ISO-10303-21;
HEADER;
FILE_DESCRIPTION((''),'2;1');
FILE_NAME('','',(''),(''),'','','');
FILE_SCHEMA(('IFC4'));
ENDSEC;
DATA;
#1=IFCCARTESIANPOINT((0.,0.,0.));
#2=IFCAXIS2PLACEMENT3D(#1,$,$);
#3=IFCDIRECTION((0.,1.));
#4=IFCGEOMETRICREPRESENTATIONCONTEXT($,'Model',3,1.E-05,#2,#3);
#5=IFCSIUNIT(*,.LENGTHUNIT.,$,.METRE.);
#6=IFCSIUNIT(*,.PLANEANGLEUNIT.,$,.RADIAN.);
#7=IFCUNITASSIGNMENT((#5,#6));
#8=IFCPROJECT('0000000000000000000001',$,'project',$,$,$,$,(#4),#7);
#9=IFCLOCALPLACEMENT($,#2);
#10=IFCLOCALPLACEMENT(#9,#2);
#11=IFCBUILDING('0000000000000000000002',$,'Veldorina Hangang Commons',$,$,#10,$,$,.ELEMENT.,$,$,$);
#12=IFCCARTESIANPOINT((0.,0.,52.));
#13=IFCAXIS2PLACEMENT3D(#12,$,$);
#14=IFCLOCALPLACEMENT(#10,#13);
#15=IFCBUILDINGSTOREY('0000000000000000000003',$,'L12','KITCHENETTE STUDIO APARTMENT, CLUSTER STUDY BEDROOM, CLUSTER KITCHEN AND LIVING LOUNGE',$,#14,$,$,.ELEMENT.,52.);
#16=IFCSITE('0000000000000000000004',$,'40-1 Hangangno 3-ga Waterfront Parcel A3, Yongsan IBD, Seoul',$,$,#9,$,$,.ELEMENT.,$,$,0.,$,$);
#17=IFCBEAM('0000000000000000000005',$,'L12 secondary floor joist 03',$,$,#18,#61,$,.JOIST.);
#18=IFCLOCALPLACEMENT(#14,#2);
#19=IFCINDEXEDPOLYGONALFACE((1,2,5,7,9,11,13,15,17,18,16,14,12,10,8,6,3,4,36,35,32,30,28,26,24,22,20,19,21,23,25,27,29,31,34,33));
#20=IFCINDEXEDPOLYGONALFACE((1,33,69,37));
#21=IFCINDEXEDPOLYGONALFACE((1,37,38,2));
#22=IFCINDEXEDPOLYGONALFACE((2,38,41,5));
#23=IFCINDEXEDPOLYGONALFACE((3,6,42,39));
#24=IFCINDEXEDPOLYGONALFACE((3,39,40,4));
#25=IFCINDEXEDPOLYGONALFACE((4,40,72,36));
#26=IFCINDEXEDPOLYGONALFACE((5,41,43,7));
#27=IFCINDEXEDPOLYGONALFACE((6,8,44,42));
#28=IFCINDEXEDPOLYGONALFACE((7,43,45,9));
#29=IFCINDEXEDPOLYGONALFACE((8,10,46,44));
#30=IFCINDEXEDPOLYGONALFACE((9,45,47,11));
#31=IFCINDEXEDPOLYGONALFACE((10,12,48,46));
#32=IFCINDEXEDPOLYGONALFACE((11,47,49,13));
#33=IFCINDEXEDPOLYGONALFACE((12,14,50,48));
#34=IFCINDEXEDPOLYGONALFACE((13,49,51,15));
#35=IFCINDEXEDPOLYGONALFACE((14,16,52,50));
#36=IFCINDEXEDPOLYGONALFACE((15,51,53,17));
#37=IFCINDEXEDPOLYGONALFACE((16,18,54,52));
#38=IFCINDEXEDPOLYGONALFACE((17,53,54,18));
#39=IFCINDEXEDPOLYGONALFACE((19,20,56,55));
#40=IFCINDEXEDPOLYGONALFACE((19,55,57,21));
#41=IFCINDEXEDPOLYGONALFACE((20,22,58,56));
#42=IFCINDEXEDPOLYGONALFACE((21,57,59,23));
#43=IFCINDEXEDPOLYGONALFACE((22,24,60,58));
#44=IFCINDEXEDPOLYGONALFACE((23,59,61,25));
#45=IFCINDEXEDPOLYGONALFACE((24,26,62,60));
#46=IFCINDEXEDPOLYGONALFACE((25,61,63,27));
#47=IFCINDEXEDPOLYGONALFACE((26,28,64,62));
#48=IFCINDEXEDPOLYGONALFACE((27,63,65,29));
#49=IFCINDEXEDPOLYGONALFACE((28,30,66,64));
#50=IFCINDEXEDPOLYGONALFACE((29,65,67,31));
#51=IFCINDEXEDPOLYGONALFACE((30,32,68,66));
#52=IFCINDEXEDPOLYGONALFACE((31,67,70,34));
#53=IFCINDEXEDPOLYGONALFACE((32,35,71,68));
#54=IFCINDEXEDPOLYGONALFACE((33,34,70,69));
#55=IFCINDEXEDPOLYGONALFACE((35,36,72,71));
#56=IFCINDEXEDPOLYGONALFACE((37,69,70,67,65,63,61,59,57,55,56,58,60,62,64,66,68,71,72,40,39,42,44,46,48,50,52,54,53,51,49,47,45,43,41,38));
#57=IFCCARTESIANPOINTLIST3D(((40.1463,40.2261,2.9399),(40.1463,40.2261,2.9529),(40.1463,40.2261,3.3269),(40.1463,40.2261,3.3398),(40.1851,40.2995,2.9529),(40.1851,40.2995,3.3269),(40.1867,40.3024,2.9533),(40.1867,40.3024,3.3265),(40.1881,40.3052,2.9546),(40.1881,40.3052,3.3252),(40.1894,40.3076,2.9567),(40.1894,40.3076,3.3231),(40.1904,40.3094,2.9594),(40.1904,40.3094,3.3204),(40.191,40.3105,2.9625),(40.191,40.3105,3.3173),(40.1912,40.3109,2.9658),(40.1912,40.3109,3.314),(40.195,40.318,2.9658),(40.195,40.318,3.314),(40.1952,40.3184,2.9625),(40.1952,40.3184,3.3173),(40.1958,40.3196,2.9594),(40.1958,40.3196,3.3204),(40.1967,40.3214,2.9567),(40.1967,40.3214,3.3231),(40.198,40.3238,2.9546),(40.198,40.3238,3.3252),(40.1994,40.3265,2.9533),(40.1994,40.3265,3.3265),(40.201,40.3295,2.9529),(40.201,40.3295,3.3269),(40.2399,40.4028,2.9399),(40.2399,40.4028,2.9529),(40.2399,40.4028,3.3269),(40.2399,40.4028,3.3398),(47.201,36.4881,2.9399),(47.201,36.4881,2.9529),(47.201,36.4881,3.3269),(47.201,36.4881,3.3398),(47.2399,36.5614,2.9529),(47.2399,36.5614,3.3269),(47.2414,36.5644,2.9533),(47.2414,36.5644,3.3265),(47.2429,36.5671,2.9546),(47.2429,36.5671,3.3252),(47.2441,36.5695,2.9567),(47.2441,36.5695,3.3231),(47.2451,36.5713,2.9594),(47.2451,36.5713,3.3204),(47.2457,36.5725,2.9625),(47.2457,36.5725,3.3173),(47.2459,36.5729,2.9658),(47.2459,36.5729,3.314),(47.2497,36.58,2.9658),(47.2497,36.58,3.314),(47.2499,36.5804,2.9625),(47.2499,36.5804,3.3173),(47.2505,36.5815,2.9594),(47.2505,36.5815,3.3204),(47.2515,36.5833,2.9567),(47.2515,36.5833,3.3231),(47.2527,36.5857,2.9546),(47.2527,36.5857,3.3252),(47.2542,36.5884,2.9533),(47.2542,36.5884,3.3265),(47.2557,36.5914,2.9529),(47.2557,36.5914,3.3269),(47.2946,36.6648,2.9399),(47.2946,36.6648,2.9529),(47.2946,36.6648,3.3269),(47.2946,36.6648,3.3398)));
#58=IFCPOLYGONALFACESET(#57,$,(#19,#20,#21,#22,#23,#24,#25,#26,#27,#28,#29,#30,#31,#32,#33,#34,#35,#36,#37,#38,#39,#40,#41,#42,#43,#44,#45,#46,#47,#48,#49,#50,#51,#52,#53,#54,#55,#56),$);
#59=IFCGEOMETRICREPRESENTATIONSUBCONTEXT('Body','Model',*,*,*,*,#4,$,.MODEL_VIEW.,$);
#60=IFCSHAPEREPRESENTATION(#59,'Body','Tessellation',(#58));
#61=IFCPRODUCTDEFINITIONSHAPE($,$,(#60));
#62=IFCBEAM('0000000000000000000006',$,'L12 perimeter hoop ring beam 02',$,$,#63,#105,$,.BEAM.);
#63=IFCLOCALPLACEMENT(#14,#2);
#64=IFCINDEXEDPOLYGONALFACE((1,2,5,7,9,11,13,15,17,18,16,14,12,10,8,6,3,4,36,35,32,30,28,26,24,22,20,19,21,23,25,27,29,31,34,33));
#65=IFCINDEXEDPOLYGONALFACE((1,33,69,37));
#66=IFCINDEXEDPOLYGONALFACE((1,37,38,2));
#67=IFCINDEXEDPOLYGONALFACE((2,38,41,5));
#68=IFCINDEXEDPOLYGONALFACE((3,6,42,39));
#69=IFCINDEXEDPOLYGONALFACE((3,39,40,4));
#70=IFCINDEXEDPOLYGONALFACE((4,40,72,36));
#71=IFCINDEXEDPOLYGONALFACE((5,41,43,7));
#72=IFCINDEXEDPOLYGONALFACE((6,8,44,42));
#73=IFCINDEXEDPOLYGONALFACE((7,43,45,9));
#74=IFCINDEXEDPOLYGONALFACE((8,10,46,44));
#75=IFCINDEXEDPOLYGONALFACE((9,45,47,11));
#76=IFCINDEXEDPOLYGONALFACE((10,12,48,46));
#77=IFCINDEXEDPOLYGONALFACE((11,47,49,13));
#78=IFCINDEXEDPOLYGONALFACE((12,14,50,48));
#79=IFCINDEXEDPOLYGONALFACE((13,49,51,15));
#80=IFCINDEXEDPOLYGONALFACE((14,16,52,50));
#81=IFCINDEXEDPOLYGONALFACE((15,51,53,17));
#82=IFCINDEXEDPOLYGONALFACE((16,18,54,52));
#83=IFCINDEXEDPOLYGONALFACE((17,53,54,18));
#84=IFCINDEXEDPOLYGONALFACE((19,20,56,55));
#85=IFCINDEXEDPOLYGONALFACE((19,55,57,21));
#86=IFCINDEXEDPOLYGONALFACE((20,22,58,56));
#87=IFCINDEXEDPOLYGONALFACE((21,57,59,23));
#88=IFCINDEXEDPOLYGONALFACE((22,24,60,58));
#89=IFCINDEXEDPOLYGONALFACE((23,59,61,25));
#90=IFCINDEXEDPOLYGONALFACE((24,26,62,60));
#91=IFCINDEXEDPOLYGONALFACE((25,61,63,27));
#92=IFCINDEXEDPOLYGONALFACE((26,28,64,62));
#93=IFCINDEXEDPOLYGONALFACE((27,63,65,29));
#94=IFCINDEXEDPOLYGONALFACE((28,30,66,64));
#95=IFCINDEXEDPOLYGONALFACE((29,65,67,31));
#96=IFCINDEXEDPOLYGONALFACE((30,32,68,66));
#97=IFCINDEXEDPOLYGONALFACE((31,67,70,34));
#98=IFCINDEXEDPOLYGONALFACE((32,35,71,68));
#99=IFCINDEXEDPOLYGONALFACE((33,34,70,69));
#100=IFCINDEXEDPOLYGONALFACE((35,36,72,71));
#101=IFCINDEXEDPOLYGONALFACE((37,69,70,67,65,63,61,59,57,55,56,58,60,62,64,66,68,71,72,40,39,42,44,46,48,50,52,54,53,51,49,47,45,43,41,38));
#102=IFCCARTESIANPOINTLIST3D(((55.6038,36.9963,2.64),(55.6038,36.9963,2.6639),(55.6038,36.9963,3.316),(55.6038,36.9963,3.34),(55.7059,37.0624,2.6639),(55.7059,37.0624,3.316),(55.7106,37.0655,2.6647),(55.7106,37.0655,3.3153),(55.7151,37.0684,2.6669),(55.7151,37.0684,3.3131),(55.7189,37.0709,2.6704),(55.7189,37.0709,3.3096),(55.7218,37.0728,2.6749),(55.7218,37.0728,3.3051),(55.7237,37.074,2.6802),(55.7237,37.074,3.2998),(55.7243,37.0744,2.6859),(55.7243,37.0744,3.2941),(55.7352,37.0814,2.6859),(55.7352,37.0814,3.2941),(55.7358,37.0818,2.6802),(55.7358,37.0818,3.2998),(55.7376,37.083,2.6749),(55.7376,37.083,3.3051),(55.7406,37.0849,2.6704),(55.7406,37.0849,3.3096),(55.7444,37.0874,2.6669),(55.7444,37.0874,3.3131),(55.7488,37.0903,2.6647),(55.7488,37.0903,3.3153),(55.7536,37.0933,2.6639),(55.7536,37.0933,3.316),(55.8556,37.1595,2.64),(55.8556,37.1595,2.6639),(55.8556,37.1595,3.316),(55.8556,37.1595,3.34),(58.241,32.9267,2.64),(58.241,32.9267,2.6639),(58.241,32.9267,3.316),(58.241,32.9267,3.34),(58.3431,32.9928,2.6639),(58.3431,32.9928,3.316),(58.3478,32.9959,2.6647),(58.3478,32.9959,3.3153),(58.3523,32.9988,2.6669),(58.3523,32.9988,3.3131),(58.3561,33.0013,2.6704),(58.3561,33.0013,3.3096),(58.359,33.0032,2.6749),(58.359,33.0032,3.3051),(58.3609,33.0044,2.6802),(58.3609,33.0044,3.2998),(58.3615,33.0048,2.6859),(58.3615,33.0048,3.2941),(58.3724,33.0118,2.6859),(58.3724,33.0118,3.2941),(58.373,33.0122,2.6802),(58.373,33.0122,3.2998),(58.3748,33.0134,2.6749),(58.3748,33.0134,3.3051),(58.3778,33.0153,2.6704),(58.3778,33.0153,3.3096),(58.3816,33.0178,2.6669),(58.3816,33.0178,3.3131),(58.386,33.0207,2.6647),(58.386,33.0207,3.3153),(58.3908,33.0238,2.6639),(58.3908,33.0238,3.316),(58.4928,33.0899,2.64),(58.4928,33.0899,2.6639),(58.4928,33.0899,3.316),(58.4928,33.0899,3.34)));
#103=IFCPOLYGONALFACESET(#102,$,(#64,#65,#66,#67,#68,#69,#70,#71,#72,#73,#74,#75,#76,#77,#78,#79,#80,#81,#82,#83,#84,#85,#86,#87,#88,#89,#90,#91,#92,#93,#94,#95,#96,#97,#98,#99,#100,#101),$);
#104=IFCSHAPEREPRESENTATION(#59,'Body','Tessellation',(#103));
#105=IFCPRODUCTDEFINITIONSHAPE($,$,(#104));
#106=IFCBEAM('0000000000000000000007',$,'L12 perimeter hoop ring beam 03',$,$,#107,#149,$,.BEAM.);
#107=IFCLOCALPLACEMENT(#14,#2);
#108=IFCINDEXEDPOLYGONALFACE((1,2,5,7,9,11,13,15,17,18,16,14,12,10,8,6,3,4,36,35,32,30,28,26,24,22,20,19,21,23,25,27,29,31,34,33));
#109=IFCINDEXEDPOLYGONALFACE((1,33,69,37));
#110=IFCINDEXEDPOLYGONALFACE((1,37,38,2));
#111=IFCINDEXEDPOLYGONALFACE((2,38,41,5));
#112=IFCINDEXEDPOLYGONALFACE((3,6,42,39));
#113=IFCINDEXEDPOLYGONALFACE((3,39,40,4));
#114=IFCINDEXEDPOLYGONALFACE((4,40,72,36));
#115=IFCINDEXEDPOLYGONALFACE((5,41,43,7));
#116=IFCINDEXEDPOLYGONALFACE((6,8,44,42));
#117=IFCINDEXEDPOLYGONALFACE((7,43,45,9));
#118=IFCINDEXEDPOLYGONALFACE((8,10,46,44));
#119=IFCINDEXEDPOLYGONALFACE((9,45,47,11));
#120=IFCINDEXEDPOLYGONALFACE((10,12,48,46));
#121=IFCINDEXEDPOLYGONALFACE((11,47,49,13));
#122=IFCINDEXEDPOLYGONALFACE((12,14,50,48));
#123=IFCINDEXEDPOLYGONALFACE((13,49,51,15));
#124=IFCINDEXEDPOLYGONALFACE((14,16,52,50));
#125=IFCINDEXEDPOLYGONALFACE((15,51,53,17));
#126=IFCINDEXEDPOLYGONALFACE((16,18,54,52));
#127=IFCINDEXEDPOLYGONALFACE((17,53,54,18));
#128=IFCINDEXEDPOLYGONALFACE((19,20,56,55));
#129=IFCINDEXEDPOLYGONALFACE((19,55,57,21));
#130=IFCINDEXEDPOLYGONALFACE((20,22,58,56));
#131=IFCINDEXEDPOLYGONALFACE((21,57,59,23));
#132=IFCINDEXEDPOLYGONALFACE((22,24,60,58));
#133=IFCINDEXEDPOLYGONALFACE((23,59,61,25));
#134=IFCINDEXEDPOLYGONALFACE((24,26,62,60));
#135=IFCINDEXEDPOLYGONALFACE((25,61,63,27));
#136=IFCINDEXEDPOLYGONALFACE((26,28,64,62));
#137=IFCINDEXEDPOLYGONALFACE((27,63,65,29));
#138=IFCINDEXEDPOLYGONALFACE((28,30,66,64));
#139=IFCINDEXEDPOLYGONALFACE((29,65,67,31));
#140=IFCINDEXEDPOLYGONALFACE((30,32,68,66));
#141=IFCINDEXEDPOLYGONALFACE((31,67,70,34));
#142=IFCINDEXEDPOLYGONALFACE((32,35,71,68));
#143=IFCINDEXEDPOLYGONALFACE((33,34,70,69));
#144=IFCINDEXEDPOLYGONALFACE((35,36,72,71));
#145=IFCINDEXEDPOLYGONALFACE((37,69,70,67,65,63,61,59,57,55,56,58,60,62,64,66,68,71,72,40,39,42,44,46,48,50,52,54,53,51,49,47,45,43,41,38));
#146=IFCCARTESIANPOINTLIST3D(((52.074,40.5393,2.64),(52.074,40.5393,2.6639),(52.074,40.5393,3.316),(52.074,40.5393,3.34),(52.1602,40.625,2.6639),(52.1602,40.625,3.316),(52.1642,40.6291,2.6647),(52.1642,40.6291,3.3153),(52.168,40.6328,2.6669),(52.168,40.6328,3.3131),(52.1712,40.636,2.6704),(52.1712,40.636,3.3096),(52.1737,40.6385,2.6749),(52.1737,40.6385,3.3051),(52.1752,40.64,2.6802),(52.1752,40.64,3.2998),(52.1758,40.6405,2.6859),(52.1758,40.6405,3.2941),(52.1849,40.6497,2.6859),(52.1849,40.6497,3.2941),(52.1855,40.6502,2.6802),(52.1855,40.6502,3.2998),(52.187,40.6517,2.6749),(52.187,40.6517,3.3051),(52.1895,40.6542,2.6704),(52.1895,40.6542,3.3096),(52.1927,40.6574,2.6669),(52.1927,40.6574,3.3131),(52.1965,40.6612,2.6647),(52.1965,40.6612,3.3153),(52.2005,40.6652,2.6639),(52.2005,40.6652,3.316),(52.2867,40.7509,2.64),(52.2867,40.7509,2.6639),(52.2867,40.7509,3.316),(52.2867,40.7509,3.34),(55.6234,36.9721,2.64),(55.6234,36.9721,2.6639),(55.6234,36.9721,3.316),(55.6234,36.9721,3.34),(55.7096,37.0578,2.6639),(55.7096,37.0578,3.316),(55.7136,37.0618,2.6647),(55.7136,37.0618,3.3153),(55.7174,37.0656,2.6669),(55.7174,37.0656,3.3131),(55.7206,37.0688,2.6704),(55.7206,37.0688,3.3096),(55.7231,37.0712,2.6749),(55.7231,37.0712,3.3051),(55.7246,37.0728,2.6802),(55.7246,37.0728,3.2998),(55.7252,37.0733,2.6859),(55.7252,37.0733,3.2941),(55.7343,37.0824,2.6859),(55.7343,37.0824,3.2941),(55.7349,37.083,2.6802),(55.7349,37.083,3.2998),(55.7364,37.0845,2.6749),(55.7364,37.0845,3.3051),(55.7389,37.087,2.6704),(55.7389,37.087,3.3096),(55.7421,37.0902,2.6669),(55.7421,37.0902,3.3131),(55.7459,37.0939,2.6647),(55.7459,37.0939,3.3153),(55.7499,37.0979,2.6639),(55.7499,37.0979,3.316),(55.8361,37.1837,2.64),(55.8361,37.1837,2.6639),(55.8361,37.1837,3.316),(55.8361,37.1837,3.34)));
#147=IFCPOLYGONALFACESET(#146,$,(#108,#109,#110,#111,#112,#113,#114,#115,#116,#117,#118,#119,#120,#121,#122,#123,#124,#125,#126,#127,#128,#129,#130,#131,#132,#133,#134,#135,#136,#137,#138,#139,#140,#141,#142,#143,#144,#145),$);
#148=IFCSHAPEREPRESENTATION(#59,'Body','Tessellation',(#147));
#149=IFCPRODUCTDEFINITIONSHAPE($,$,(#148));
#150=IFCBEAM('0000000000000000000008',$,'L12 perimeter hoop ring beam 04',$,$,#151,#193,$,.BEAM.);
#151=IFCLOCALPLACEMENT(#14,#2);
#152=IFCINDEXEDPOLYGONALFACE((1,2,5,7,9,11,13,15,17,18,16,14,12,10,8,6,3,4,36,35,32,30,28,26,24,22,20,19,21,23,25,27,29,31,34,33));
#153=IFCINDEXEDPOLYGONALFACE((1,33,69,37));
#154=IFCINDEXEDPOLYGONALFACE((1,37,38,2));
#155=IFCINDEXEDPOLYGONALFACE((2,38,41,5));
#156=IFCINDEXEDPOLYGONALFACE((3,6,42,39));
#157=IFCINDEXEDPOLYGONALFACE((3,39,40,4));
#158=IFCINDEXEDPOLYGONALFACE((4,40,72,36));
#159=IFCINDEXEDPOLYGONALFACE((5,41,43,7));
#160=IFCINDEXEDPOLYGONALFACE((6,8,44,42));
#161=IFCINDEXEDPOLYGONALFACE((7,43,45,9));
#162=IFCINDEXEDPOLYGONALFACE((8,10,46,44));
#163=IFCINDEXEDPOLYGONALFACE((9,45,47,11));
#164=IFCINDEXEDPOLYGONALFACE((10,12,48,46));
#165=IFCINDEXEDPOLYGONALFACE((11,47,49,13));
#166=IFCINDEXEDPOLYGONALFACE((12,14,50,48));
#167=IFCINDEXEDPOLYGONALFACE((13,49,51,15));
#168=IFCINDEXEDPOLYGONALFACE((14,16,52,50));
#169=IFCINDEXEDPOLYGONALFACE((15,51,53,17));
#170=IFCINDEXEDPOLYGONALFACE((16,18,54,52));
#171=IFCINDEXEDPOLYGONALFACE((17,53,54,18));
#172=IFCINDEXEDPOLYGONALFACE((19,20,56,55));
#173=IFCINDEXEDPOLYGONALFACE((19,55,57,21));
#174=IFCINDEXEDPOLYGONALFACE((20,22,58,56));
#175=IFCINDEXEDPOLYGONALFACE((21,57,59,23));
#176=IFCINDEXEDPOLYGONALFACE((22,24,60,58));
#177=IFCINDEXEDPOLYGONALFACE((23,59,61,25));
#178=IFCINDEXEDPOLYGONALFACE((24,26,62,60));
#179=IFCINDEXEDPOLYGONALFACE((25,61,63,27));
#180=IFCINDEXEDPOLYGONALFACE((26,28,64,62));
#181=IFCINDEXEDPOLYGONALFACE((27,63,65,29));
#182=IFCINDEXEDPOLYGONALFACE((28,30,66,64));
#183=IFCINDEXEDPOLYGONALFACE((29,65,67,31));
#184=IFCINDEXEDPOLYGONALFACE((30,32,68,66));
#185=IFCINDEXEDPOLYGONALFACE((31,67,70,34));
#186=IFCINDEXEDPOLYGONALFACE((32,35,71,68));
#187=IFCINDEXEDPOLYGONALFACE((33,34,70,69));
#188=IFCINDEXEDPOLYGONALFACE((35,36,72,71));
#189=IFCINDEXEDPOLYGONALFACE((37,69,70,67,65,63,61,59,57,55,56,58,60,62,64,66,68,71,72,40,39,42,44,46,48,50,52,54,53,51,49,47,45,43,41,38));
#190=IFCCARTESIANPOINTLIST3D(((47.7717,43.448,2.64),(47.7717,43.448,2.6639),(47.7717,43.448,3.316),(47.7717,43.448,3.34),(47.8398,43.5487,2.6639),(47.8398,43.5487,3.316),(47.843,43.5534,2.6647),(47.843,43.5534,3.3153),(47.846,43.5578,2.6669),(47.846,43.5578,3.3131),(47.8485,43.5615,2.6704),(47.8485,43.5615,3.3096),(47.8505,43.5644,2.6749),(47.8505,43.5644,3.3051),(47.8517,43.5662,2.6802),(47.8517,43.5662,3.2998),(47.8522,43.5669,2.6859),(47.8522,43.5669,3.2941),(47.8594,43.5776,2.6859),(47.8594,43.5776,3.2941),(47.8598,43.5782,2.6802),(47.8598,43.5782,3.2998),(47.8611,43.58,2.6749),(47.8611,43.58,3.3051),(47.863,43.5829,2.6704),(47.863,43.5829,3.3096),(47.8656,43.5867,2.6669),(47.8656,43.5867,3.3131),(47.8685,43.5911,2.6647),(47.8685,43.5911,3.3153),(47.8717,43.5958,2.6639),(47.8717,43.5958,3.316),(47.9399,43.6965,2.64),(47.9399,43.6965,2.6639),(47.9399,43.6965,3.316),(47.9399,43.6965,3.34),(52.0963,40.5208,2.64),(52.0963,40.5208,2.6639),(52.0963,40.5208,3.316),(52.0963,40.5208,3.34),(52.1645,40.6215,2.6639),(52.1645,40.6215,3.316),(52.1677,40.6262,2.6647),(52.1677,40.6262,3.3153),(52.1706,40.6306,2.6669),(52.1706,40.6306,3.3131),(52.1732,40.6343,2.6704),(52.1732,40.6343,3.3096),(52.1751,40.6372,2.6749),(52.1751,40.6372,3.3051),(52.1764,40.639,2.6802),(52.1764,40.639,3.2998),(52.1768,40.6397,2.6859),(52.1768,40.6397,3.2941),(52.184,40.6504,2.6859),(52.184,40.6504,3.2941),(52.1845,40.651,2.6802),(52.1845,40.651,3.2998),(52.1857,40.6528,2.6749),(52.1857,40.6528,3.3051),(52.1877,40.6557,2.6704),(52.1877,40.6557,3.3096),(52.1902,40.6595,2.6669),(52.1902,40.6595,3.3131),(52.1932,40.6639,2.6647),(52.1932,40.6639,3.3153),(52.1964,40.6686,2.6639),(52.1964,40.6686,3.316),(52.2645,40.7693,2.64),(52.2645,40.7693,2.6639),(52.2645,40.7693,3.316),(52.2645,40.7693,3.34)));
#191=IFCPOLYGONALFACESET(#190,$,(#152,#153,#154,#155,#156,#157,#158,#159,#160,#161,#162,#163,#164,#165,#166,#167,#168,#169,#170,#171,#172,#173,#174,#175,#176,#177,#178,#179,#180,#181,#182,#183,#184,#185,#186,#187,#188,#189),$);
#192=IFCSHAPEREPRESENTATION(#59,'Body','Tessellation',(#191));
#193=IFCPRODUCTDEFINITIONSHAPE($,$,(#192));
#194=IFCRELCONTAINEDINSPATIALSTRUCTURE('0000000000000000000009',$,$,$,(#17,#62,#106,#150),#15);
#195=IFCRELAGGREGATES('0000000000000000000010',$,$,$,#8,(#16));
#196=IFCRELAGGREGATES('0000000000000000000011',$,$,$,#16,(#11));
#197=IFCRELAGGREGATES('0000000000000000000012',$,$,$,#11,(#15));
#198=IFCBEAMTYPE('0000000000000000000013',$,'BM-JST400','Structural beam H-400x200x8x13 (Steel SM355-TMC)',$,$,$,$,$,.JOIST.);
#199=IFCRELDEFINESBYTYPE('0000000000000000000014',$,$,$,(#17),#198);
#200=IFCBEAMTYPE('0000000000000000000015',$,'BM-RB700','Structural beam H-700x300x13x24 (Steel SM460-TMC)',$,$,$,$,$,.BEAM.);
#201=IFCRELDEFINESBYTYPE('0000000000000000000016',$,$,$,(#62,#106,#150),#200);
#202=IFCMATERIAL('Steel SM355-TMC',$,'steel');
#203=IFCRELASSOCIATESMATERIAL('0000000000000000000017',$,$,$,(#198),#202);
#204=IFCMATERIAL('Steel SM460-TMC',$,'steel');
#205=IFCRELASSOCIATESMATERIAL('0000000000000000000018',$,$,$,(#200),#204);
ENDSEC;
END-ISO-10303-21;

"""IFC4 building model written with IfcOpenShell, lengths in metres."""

from ifc_helpers import new_model, si_unit, direction, frame, origin, origin_2d, place, context, subcontext, project, spatial, i_section, extrude, material, material_profile, profile_set, type_object, element, save


model = new_model("IFC4")

# Units and contexts
model_context = context("Model", 3, precision=1e-05, world=origin(), true_north=direction((0.0, 1.0)))
body_context = subcontext(model_context, "Body", "Model", "MODEL_VIEW")
ifc_project = project(units=[si_unit("LENGTHUNIT", "METRE"), si_unit("PLANEANGLEUNIT", "RADIAN")], contexts=[model_context])

# Site, building, storey
site_placement = place(None, origin())
site = spatial("IfcSite", under=ifc_project, at=site_placement, Name="40-1 Hangangno 3-ga Waterfront Parcel A3, Yongsan IBD, Seoul", CompositionType="ELEMENT", RefElevation=0.0)
building_placement = place(site_placement, origin())
building = spatial("IfcBuilding", under=site, at=building_placement, Name="Veldorina Hangang Commons", CompositionType="ELEMENT")
storey_placement = place(building_placement, frame((0.0, 0.0, 52.0)))
storey = spatial("IfcBuildingStorey", under=building, at=storey_placement, Name="L12", Description="KITCHENETTE STUDIO APARTMENT, CLUSTER STUDY BEDROOM, CLUSTER KITCHEN AND LIVING LOUNGE", CompositionType="ELEMENT", Elevation=52.0)

# Beams
ifc_material_1 = material(Name="Steel SM355-TMC", Category="steel")
ifc_material_profile_1 = material_profile(ifc_material_1, i_section(OverallWidth=0.2, OverallDepth=0.3999, WebThickness=0.0081, FlangeThickness=0.0129, FilletRadius=0.0129, at=origin_2d()), Name="H-400x200x8x13")
ifc_profile_set_1 = profile_set([ifc_material_profile_1], Name="Steel SM355-TMC")
beam_type_1 = type_object("IfcBeamType", Name="BM-JST400", Description="Structural beam H-400x200x8x13 (Steel SM355-TMC)", PredefinedType="JOIST", material=ifc_profile_set_1)
beam_1_placement = place(storey_placement, frame((47.2478, 36.5764, 3.1399), z_axis=(-0.883622, 0.468201, 0.0), x_axis=(-0.468201, -0.883622, 0.0)))
element("IfcBeam", 1, at=beam_1_placement, inside=storey, type_object=beam_type_1, Name="L12 secondary floor joist 03", PredefinedType="JOIST", context=body_context, shape_type="SweptSolid", body=[
    extrude(i_section(OverallWidth=0.2, OverallDepth=0.3999, WebThickness=0.0081, FlangeThickness=0.0129, FilletRadius=0.0129, at=origin_2d()), origin(), (0.0, 0.0, 1.0), 7.9839),
])
ifc_material_2 = material(Name="Steel SM460-TMC", Category="steel")
ifc_material_profile_2 = material_profile(ifc_material_2, i_section(OverallWidth=0.3, OverallDepth=0.7, WebThickness=0.0129, FlangeThickness=0.0239, FilletRadius=0.022, at=origin_2d()), Name="H-700x300x13x24")
ifc_profile_set_2 = profile_set([ifc_material_profile_2], Name="Steel SM460-TMC")
beam_type_2 = type_object("IfcBeamType", Name="BM-RB700", Description="Structural beam H-700x300x13x24 (Steel SM460-TMC)", PredefinedType="BEAM", material=ifc_profile_set_2)
beam_2_placement = place(storey_placement, frame((58.3669, 33.0083, 2.99), z_axis=(-0.543825, 0.839199, 0.0), x_axis=(-0.839199, -0.543825, 0.0)))
element("IfcBeam", 2, at=beam_2_placement, inside=storey, type_object=beam_type_2, Name="L12 perimeter hoop ring beam 02", PredefinedType="BEAM", context=body_context, shape_type="SweptSolid", body=[
    extrude(i_section(OverallWidth=0.3, OverallDepth=0.7, WebThickness=0.0129, FlangeThickness=0.0239, FilletRadius=0.022, at=origin_2d()), origin(), (0.0, 0.0, 1.0), 4.8494),
])
beam_3_placement = place(storey_placement, frame((55.7297, 37.0779, 2.99), z_axis=(-0.705334, 0.708875, 0.0), x_axis=(-0.708875, -0.705334, 0.0)))
element("IfcBeam", 3, at=beam_3_placement, inside=storey, type_object=beam_type_2, Name="L12 perimeter hoop ring beam 03", PredefinedType="BEAM", context=body_context, shape_type="SweptSolid", body=[
    extrude(i_section(OverallWidth=0.3, OverallDepth=0.7, WebThickness=0.0129, FlangeThickness=0.0239, FilletRadius=0.022, at=origin_2d()), origin(), (0.0, 0.0, 1.0), 5.0322),
])
beam_4_placement = place(storey_placement, frame((52.1804, 40.645, 2.99), z_axis=(-0.828132, 0.560534, 0.0), x_axis=(-0.560534, -0.828132, 0.0)))
element("IfcBeam", 4, at=beam_4_placement, inside=storey, type_object=beam_type_2, Name="L12 perimeter hoop ring beam 04", PredefinedType="BEAM", context=body_context, shape_type="SweptSolid", body=[
    extrude(i_section(OverallWidth=0.3, OverallDepth=0.7, WebThickness=0.0129, FlangeThickness=0.0239, FilletRadius=0.022, at=origin_2d()), origin(), (0.0, 0.0, 1.0), 5.2222),
])

save(model, "model.ifc")
